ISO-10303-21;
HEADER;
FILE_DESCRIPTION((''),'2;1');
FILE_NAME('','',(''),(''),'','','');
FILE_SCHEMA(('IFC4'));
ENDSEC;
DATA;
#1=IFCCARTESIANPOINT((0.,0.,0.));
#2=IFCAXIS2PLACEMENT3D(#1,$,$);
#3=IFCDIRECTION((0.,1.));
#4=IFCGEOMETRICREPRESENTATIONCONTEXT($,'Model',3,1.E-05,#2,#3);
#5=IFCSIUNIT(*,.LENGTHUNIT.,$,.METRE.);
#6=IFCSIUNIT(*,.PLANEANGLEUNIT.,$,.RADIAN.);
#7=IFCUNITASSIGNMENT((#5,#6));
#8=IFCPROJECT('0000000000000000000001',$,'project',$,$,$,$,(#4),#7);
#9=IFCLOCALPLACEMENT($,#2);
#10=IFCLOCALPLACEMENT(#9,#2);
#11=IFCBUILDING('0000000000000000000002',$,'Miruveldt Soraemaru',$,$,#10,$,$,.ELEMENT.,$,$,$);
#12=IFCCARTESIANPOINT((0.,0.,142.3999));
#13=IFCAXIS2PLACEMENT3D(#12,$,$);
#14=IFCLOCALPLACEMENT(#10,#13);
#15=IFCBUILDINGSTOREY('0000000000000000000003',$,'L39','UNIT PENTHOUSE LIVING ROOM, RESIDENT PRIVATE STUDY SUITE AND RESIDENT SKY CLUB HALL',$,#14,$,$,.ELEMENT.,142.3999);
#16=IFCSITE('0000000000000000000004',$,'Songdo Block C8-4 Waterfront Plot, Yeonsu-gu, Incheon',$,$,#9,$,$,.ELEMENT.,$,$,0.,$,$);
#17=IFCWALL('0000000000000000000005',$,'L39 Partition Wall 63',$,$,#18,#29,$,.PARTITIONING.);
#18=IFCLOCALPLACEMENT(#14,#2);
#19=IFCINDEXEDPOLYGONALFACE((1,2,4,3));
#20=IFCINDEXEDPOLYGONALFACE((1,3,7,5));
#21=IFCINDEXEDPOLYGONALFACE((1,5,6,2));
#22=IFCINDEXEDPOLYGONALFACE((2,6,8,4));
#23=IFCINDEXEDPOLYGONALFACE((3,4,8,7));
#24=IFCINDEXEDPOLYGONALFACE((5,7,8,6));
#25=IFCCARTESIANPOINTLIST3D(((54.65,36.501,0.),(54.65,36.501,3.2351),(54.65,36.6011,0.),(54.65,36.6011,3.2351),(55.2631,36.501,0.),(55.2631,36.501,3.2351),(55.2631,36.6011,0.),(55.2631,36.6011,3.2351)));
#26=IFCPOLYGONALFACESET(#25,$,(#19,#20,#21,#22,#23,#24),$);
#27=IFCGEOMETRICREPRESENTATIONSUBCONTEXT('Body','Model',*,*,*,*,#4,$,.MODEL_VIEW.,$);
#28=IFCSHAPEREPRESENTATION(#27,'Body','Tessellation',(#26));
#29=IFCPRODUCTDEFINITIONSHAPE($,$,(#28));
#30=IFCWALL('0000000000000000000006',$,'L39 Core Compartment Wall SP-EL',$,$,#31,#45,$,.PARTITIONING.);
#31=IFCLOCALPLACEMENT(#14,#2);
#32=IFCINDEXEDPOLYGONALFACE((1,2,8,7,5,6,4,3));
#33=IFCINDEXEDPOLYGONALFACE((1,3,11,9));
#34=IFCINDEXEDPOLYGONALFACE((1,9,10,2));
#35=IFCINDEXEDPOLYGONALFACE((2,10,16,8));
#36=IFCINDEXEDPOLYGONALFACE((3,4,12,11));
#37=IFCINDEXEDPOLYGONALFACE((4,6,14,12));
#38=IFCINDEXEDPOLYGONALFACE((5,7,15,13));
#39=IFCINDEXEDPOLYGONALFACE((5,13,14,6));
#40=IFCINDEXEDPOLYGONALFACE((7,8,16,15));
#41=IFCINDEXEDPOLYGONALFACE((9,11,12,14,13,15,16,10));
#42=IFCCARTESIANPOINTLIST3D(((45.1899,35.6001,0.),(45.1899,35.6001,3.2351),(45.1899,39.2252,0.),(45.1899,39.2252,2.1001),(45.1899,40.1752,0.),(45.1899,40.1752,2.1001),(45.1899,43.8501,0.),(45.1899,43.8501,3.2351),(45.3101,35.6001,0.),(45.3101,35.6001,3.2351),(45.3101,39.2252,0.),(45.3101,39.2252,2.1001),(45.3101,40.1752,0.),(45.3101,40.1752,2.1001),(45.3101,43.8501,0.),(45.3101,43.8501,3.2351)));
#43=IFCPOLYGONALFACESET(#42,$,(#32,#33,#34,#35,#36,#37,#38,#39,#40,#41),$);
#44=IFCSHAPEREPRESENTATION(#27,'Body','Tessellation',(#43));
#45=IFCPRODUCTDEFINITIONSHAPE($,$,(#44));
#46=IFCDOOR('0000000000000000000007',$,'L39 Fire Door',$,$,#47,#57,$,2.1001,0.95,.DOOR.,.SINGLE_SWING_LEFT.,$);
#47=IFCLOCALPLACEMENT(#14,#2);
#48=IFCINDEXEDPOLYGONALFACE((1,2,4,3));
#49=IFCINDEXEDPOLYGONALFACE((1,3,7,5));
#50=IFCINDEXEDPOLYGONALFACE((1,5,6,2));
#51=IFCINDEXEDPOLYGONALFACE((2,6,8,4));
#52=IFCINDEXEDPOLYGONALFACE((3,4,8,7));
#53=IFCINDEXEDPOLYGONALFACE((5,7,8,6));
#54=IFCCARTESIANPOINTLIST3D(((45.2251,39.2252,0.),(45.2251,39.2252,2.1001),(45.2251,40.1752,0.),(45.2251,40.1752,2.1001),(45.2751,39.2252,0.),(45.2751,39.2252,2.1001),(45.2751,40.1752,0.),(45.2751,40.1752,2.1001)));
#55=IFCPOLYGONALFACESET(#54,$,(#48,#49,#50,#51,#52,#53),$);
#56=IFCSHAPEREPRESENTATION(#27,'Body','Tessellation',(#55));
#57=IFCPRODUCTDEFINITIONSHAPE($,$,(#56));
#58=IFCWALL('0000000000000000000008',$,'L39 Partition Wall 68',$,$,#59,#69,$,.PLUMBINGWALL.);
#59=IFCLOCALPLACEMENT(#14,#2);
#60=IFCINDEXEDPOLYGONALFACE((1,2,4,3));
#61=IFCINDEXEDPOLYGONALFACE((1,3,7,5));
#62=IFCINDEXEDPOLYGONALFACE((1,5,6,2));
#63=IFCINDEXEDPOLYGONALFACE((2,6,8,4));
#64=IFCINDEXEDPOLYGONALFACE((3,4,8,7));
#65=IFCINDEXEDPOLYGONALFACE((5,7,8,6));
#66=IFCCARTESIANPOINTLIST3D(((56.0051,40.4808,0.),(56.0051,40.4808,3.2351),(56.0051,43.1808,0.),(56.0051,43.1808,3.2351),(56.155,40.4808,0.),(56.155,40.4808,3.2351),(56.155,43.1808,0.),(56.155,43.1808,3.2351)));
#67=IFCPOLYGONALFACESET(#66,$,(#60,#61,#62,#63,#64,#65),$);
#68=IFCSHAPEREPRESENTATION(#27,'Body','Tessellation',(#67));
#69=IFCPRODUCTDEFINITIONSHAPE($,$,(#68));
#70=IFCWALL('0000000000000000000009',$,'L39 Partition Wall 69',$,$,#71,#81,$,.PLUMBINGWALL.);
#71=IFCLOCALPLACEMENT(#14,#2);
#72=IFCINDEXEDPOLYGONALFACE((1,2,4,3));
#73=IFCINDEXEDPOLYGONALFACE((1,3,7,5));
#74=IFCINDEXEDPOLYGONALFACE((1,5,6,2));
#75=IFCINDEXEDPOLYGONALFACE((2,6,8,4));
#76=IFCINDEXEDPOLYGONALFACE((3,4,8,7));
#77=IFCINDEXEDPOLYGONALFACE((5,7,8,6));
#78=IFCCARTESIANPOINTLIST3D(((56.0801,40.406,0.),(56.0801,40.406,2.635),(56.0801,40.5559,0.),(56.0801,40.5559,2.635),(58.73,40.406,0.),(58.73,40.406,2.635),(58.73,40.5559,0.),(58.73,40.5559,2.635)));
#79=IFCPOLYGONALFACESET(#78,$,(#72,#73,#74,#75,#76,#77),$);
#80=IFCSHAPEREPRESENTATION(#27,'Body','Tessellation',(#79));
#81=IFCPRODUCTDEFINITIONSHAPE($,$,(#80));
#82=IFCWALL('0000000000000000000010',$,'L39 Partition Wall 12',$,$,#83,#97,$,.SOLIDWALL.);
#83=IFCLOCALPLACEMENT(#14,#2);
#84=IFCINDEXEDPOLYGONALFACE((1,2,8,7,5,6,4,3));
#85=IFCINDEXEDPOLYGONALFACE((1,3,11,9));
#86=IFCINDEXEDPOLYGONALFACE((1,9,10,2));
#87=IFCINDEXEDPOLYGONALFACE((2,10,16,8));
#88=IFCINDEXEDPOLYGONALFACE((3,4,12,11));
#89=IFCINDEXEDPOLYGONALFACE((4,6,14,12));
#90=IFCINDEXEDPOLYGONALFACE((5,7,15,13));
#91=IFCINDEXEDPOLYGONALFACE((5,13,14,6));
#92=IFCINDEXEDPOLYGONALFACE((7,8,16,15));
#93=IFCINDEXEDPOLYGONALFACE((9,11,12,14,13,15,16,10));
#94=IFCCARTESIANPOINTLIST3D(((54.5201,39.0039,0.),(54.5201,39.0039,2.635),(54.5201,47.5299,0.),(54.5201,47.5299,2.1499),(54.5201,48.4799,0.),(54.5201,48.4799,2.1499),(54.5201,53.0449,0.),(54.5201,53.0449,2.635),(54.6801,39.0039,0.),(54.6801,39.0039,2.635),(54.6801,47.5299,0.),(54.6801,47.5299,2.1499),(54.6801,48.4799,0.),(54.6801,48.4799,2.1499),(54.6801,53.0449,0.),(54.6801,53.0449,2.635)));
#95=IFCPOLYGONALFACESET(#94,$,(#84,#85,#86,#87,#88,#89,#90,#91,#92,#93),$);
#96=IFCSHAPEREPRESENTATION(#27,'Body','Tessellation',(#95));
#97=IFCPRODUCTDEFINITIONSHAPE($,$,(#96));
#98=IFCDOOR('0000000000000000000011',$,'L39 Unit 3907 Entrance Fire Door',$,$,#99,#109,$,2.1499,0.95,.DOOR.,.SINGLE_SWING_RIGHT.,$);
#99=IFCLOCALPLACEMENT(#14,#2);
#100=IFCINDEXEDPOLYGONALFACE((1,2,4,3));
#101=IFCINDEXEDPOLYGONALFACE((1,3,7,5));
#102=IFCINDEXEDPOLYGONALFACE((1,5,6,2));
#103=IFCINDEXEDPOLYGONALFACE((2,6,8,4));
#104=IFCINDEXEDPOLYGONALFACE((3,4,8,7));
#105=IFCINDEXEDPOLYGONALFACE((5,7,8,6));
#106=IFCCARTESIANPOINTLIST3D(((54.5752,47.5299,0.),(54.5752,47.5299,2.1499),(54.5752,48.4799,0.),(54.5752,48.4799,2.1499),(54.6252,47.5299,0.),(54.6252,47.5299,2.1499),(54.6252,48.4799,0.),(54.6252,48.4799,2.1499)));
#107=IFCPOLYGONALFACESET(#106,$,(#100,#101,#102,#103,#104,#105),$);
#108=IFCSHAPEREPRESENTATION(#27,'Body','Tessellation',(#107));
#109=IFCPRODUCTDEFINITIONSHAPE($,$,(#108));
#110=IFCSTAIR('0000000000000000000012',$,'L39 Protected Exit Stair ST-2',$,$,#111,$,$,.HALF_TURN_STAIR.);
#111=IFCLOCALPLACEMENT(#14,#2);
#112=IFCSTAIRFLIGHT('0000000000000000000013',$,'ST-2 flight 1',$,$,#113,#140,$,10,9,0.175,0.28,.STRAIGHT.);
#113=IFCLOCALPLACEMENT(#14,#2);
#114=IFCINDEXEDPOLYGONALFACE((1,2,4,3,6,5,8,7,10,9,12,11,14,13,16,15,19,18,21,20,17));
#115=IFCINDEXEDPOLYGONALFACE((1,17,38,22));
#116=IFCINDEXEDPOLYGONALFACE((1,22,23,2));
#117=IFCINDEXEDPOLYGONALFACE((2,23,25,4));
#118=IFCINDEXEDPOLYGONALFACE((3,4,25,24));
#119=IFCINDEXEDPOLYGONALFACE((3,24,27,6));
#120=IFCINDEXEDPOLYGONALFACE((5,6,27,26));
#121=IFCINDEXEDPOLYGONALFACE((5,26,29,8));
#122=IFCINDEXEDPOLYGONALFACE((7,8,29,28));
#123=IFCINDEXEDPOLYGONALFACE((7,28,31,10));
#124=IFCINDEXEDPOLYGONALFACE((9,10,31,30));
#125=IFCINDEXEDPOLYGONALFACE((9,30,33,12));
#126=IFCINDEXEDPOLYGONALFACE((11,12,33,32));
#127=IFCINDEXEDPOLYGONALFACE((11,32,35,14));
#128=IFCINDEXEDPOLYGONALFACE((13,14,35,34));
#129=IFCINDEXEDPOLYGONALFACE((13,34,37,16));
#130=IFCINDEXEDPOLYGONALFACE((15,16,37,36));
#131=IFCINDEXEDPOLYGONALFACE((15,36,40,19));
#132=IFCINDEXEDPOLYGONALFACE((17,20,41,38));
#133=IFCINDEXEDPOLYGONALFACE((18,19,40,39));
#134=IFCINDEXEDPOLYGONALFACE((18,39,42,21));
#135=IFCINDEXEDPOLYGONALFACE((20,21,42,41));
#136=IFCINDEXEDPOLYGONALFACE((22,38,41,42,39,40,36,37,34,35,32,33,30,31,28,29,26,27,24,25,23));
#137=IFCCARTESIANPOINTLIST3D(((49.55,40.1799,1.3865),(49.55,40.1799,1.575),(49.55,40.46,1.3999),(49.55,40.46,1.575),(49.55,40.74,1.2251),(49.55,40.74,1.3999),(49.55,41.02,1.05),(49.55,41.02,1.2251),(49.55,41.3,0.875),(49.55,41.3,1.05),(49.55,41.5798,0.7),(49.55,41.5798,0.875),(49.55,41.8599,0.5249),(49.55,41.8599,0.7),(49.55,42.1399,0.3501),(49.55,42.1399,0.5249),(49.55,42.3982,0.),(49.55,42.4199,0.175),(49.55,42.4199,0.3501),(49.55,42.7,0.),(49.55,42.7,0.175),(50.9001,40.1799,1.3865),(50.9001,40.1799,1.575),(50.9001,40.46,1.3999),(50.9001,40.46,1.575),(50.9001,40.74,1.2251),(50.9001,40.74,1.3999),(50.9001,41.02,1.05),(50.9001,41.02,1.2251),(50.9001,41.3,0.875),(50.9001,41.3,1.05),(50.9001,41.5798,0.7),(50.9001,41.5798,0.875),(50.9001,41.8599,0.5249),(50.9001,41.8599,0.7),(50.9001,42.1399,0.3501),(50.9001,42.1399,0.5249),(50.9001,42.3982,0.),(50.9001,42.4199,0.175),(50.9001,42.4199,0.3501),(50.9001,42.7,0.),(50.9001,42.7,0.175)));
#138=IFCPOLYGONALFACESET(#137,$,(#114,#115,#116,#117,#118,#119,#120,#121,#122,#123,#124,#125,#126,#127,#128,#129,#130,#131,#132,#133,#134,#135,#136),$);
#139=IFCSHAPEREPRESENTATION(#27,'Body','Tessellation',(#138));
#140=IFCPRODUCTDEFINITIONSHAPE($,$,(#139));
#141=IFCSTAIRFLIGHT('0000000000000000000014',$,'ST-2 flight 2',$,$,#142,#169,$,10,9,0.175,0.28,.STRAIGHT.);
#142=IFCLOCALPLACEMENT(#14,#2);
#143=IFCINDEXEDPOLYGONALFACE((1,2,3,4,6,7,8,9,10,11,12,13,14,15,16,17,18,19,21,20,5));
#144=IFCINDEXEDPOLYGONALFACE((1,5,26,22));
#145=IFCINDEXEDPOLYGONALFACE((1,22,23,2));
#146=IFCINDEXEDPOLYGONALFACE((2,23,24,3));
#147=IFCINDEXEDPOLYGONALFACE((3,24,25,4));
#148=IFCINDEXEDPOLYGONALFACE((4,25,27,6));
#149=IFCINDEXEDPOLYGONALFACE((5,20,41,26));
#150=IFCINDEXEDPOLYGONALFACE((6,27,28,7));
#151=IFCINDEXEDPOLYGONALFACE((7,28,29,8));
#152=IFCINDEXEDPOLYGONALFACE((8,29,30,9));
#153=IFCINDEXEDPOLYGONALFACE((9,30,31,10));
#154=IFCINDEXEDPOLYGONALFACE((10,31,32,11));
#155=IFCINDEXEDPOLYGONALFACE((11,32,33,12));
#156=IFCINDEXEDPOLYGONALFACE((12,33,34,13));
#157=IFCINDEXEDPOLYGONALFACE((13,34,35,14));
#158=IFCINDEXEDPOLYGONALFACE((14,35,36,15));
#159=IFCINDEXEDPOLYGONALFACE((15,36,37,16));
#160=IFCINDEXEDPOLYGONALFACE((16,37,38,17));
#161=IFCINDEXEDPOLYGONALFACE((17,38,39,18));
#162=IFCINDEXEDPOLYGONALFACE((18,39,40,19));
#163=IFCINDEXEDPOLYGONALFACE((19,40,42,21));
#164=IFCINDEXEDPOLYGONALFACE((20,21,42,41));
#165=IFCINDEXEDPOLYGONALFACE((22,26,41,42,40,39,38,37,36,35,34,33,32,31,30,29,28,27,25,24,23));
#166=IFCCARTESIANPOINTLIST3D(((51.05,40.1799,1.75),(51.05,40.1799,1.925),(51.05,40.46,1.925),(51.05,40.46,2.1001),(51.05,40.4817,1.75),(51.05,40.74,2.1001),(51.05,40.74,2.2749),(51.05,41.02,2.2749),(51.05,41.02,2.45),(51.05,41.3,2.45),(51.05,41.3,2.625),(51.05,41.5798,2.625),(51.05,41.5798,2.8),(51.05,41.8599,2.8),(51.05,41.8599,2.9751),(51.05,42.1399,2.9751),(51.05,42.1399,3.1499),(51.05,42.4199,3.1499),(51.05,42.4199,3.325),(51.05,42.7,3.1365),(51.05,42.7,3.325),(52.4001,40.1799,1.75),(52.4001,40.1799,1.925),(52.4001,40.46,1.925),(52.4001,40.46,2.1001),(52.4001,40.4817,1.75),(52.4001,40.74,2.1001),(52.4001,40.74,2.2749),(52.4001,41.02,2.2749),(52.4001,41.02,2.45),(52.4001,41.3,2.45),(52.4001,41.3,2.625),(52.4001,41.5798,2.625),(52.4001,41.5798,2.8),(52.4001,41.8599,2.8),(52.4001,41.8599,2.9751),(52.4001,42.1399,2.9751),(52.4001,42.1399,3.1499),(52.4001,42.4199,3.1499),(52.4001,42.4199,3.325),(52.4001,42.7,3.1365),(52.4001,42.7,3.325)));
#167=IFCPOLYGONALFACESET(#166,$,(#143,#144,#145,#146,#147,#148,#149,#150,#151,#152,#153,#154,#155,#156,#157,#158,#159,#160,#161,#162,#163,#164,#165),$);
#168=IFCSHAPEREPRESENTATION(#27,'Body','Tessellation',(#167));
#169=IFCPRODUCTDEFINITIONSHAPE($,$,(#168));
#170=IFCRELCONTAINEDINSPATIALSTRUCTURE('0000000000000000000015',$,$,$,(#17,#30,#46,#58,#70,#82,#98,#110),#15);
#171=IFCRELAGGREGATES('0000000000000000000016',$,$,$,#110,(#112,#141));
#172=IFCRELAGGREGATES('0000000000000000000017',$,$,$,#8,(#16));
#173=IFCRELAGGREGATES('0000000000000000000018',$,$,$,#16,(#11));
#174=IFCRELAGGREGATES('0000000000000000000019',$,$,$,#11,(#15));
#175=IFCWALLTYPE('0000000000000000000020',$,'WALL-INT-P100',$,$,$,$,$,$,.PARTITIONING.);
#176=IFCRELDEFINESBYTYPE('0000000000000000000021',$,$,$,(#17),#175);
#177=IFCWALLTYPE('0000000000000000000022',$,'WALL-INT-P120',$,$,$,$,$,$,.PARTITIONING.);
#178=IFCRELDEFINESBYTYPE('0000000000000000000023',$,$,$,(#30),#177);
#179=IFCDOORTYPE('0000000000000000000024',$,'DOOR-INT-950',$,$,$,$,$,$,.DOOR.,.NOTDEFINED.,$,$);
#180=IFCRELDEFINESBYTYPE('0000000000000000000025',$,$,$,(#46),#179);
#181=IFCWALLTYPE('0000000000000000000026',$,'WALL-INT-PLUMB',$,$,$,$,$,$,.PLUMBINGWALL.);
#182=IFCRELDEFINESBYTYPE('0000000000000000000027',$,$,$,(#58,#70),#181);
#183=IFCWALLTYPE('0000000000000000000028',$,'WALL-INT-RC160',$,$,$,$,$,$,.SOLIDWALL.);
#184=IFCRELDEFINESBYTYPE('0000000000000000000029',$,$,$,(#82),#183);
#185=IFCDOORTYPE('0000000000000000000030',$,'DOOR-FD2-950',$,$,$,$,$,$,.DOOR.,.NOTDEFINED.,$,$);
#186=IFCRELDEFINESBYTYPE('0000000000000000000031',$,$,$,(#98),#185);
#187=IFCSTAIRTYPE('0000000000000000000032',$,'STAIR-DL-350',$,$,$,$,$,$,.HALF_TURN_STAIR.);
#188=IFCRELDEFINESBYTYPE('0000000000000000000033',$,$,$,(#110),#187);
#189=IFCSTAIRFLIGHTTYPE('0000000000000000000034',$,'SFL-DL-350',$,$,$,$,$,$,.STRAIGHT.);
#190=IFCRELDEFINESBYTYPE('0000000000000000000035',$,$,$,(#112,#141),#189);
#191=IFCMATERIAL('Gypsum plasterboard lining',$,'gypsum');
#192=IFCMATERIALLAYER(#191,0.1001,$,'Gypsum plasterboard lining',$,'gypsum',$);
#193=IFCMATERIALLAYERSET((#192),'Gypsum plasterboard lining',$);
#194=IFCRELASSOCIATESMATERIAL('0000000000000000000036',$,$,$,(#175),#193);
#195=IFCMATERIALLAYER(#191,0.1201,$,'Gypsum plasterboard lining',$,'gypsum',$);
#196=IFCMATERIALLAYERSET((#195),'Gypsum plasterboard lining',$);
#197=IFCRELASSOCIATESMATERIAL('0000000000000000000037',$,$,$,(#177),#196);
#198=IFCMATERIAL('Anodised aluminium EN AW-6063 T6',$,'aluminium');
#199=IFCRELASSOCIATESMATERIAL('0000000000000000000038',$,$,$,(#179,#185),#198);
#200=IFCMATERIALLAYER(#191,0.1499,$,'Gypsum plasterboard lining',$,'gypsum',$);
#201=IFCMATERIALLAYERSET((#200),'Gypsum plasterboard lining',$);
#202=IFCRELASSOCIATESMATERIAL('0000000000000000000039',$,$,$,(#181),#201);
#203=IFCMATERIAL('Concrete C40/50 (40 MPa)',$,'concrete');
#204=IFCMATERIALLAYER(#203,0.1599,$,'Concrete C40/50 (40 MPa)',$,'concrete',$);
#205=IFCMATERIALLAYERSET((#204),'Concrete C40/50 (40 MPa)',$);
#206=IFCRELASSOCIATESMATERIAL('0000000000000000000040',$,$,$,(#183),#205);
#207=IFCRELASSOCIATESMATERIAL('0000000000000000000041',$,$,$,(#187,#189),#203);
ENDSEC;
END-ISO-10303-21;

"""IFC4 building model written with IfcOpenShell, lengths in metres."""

from ifc_helpers import new_model, si_unit, direction, frame, frame_2d, origin, place, context, subcontext, project, spatial, polyline, rectangle, outline, extrude, material, layer, layer_set, type_object, element, fill, aggregate, save


model = new_model("IFC4")

# Units and contexts
model_context = context("Model", 3, precision=1e-05, world=origin(), true_north=direction((0.0, 1.0)))
body_context = subcontext(model_context, "Body", "Model", "MODEL_VIEW")
ifc_project = project(units=[si_unit("LENGTHUNIT", "METRE"), si_unit("PLANEANGLEUNIT", "RADIAN")], contexts=[model_context])

# Site, building, storey
site_placement = place(None, origin())
site = spatial("IfcSite", under=ifc_project, at=site_placement, Name="Songdo Block C8-4 Waterfront Plot, Yeonsu-gu, Incheon", CompositionType="ELEMENT", RefElevation=0.0)
building_placement = place(site_placement, origin())
building = spatial("IfcBuilding", under=site, at=building_placement, Name="Miruveldt Soraemaru", CompositionType="ELEMENT")
storey_placement = place(building_placement, frame((0.0, 0.0, 142.3999)))
storey = spatial("IfcBuildingStorey", under=building, at=storey_placement, Name="L39", Description="UNIT PENTHOUSE LIVING ROOM, RESIDENT PRIVATE STUDY SUITE AND RESIDENT SKY CLUB HALL", CompositionType="ELEMENT", Elevation=142.3999)

# Shared definitions
ifc_material_1 = material(Name="Anodised aluminium EN AW-6063 T6", Category="aluminium")

# Shared definitions
ifc_material_2 = material(Name="Gypsum plasterboard lining", Category="gypsum")
ifc_layer_1 = layer(ifc_material_2, 0.1001, Name="Gypsum plasterboard lining", Category="gypsum")
ifc_layer_set_1 = layer_set([ifc_layer_1], Name="Gypsum plasterboard lining")
wall_type_1 = type_object("IfcWallType", Name="WALL-INT-P100", PredefinedType="PARTITIONING", material=ifc_layer_set_1)

# Wall
wall_1_placement = place(storey_placement, frame((54.6499, 36.551, 0.0), z_axis=(0.0, 0.0, 1.0), x_axis=(1.0, 0.0, 0.0)))
element("IfcWall", 1, at=wall_1_placement, inside=storey, type_object=wall_type_1, Name="L39 Partition Wall 63", PredefinedType="PARTITIONING", context=body_context, shape_type="SweptSolid", body=[
    extrude(rectangle(XDim=0.613, YDim=0.1001, at=frame_2d((0.3066, 0.0))), origin(), (0.0, 0.0, 1.0), 3.2351),
])

# Wall, opening, door
ifc_layer_2 = layer(ifc_material_2, 0.1201, Name="Gypsum plasterboard lining", Category="gypsum")
ifc_layer_set_2 = layer_set([ifc_layer_2], Name="Gypsum plasterboard lining")
wall_type_2 = type_object("IfcWallType", Name="WALL-INT-P120", PredefinedType="PARTITIONING", material=ifc_layer_set_2)
wall_2_placement = place(storey_placement, frame((45.25, 35.6001, 0.0), z_axis=(0.0, 0.0, 1.0), x_axis=(0.0, 1.0, 0.0)))
wall_2 = element("IfcWall", 2, at=wall_2_placement, inside=storey, type_object=wall_type_2, Name="L39 Core Compartment Wall SP-EL", PredefinedType="PARTITIONING", context=body_context, shape_type="SweptSolid", body=[
    extrude(rectangle(XDim=8.25, YDim=0.1201, at=frame_2d((4.125, 0.0))), origin(), (0.0, 0.0, 1.0), 3.2351),
])
opening_1_placement = place(wall_2_placement, frame((3.625, 0.0, 0.0)))
opening_1 = element("IfcOpeningElement", 3, at=opening_1_placement, cuts=wall_2, PredefinedType="OPENING", context=body_context, shape_type="SweptSolid", body=[
    extrude(rectangle(XDim=0.95, YDim=2.1001, at=frame_2d((0.4751, 1.05))), frame((0.0, 0.0701, 0.0), z_axis=(0.0, -1.0, 0.0), x_axis=(1.0, 0.0, 0.0)), (0.0, 0.0, 1.0), 0.1401),
])
door_type_1 = type_object("IfcDoorType", Name="DOOR-INT-950", OperationType="NOTDEFINED", PredefinedType="DOOR", material=ifc_material_1)
door_1_placement = place(opening_1_placement, origin())
door_1 = element("IfcDoor", 4, at=door_1_placement, inside=storey, type_object=door_type_1, Name="L39 Fire Door", OperationType="SINGLE_SWING_LEFT", OverallHeight=2.1001, OverallWidth=0.95, PredefinedType="DOOR", context=body_context, shape_type="SweptSolid", body=[
    extrude(rectangle(XDim=0.95, YDim=2.1001, at=frame_2d((0.4751, 1.05))), frame((0.0, 0.0249, 0.0), z_axis=(0.0, -1.0, 0.0), x_axis=(1.0, 0.0, 0.0)), (0.0, 0.0, 1.0), 0.05),
])
fill(opening_1, door_1)

# Walls
ifc_layer_3 = layer(ifc_material_2, 0.1499, Name="Gypsum plasterboard lining", Category="gypsum")
ifc_layer_set_3 = layer_set([ifc_layer_3], Name="Gypsum plasterboard lining")
wall_type_3 = type_object("IfcWallType", Name="WALL-INT-PLUMB", PredefinedType="PLUMBINGWALL", material=ifc_layer_set_3)
wall_3_placement = place(storey_placement, frame((56.0801, 43.1809, 0.0), z_axis=(0.0, 0.0, 1.0), x_axis=(0.0, -1.0, 0.0)))
element("IfcWall", 5, at=wall_3_placement, inside=storey, type_object=wall_type_3, Name="L39 Partition Wall 68", PredefinedType="PLUMBINGWALL", context=body_context, shape_type="SweptSolid", body=[
    extrude(rectangle(XDim=2.7, YDim=0.1499, at=frame_2d((1.3501, 0.0))), origin(), (0.0, 0.0, 1.0), 3.2351),
])
wall_4_placement = place(storey_placement, frame((56.0801, 40.481, 0.0), z_axis=(0.0, 0.0, 1.0), x_axis=(1.0, 0.0, 0.0)))
element("IfcWall", 6, at=wall_4_placement, inside=storey, type_object=wall_type_3, Name="L39 Partition Wall 69", PredefinedType="PLUMBINGWALL", context=body_context, shape_type="SweptSolid", body=[
    extrude(rectangle(XDim=2.6499, YDim=0.1499, at=frame_2d((1.325, 0.0))), origin(), (0.0, 0.0, 1.0), 2.635),
])

# Wall, opening, door
ifc_material_3 = material(Name="Concrete C40/50 (40 MPa)", Category="concrete")
ifc_layer_4 = layer(ifc_material_3, 0.1599, Name="Concrete C40/50 (40 MPa)", Category="concrete")
ifc_layer_set_4 = layer_set([ifc_layer_4], Name="Concrete C40/50 (40 MPa)")
wall_type_4 = type_object("IfcWallType", Name="WALL-INT-RC160", PredefinedType="SOLIDWALL", material=ifc_layer_set_4)
wall_5_placement = place(storey_placement, frame((54.6001, 39.0039, 0.0), z_axis=(0.0, 0.0, 1.0), x_axis=(0.0, 1.0, 0.0)))
wall_5 = element("IfcWall", 7, at=wall_5_placement, inside=storey, type_object=wall_type_4, Name="L39 Partition Wall 12", PredefinedType="SOLIDWALL", context=body_context, shape_type="SweptSolid", body=[
    extrude(rectangle(XDim=14.041, YDim=0.1599, at=frame_2d((7.0205, 0.0))), origin(), (0.0, 0.0, 1.0), 2.635),
])
opening_2_placement = place(wall_5_placement, frame((8.5259, 0.0, 0.0)))
opening_2 = element("IfcOpeningElement", 8, at=opening_2_placement, cuts=wall_5, PredefinedType="OPENING", context=body_context, shape_type="SweptSolid", body=[
    extrude(rectangle(XDim=0.95, YDim=2.1499, at=frame_2d((0.4751, 1.075))), frame((0.0, 0.0898, 0.0), z_axis=(0.0, -1.0, 0.0), x_axis=(1.0, 0.0, 0.0)), (0.0, 0.0, 1.0), 0.1799),
])
door_type_2 = type_object("IfcDoorType", Name="DOOR-FD2-950", OperationType="NOTDEFINED", PredefinedType="DOOR", material=ifc_material_1)
door_2_placement = place(opening_2_placement, origin())
door_2 = element("IfcDoor", 9, at=door_2_placement, inside=storey, type_object=door_type_2, Name="L39 Unit 3907 Entrance Fire Door", OperationType="SINGLE_SWING_RIGHT", OverallHeight=2.1499, OverallWidth=0.95, PredefinedType="DOOR", context=body_context, shape_type="SweptSolid", body=[
    extrude(rectangle(XDim=0.95, YDim=2.1499, at=frame_2d((0.4751, 1.075))), frame((0.0, 0.0249, 0.0), z_axis=(0.0, -1.0, 0.0), x_axis=(1.0, 0.0, 0.0)), (0.0, 0.0, 1.0), 0.05),
])
fill(opening_2, door_2)

# Stair, stair flights
stair_type = type_object("IfcStairType", Name="STAIR-DL-350", PredefinedType="HALF_TURN_STAIR", material=ifc_material_3)
stair_placement = place(storey_placement, origin())
stair = element("IfcStair", 10, at=stair_placement, inside=storey, type_object=stair_type, Name="L39 Protected Exit Stair ST-2", PredefinedType="HALF_TURN_STAIR")
stair_flight_type = type_object("IfcStairFlightType", Name="SFL-DL-350", PredefinedType="STRAIGHT", material=ifc_material_3)
stair_flight_1_placement = place(storey_placement, frame((50.2251, 42.7, 0.0), z_axis=(0.0, 0.0, 1.0), x_axis=(0.0, -1.0, 0.0)))
stair_flight_1 = element("IfcStairFlight", 11, at=stair_flight_1_placement, type_object=stair_flight_type, Name="ST-2 flight 1", NumberOfRisers=10, NumberOfTreads=9, PredefinedType="STRAIGHT", RiserHeight=0.175, TreadLength=0.28, context=body_context, shape_type="SweptSolid", body=[
    extrude(outline(polyline([(0.0, 0.0), (0.0, 0.175), (0.28, 0.175), (0.28, 0.3501), (0.5601, 0.3501), (0.5601, 0.5249), (0.8401, 0.5249), (0.8401, 0.7), (1.1201, 0.7), (1.1201, 0.875), (1.3999, 0.875), (1.3999, 1.05), (1.6799, 1.05), (1.6799, 1.2251), (1.96, 1.2251), (1.96, 1.3999), (2.24, 1.3999), (2.24, 1.575), (2.52, 1.575), (2.52, 1.75), (2.52, 1.3865), (0.3018, 0.0), (0.0, 0.0)])), frame((0.0, 0.675, 0.0), z_axis=(0.0, -1.0, 0.0), x_axis=(1.0, 0.0, 0.0)), (0.0, 0.0, 1.0), 1.3501),
])
stair_flight_2_placement = place(storey_placement, frame((51.7251, 40.1799, 1.75), z_axis=(0.0, 0.0, 1.0), x_axis=(0.0, 1.0, 0.0)))
stair_flight_2 = element("IfcStairFlight", 12, at=stair_flight_2_placement, type_object=stair_flight_type, Name="ST-2 flight 2", NumberOfRisers=10, NumberOfTreads=9, PredefinedType="STRAIGHT", RiserHeight=0.175, TreadLength=0.28, context=body_context, shape_type="SweptSolid", body=[
    extrude(outline(polyline([(0.0, 0.0), (0.0, 0.175), (0.28, 0.175), (0.28, 0.3501), (0.5601, 0.3501), (0.5601, 0.5249), (0.8401, 0.5249), (0.8401, 0.7), (1.1201, 0.7), (1.1201, 0.875), (1.3999, 0.875), (1.3999, 1.05), (1.6799, 1.05), (1.6799, 1.2251), (1.96, 1.2251), (1.96, 1.3999), (2.24, 1.3999), (2.24, 1.575), (2.52, 1.575), (2.52, 1.75), (2.52, 1.3865), (0.3018, 0.0), (0.0, 0.0)])), frame((0.0, 0.675, 0.0), z_axis=(0.0, -1.0, 0.0), x_axis=(1.0, 0.0, 0.0)), (0.0, 0.0, 1.0), 1.3501),
])
aggregate(stair, [stair_flight_1, stair_flight_2])

save(model, "model.ifc")
